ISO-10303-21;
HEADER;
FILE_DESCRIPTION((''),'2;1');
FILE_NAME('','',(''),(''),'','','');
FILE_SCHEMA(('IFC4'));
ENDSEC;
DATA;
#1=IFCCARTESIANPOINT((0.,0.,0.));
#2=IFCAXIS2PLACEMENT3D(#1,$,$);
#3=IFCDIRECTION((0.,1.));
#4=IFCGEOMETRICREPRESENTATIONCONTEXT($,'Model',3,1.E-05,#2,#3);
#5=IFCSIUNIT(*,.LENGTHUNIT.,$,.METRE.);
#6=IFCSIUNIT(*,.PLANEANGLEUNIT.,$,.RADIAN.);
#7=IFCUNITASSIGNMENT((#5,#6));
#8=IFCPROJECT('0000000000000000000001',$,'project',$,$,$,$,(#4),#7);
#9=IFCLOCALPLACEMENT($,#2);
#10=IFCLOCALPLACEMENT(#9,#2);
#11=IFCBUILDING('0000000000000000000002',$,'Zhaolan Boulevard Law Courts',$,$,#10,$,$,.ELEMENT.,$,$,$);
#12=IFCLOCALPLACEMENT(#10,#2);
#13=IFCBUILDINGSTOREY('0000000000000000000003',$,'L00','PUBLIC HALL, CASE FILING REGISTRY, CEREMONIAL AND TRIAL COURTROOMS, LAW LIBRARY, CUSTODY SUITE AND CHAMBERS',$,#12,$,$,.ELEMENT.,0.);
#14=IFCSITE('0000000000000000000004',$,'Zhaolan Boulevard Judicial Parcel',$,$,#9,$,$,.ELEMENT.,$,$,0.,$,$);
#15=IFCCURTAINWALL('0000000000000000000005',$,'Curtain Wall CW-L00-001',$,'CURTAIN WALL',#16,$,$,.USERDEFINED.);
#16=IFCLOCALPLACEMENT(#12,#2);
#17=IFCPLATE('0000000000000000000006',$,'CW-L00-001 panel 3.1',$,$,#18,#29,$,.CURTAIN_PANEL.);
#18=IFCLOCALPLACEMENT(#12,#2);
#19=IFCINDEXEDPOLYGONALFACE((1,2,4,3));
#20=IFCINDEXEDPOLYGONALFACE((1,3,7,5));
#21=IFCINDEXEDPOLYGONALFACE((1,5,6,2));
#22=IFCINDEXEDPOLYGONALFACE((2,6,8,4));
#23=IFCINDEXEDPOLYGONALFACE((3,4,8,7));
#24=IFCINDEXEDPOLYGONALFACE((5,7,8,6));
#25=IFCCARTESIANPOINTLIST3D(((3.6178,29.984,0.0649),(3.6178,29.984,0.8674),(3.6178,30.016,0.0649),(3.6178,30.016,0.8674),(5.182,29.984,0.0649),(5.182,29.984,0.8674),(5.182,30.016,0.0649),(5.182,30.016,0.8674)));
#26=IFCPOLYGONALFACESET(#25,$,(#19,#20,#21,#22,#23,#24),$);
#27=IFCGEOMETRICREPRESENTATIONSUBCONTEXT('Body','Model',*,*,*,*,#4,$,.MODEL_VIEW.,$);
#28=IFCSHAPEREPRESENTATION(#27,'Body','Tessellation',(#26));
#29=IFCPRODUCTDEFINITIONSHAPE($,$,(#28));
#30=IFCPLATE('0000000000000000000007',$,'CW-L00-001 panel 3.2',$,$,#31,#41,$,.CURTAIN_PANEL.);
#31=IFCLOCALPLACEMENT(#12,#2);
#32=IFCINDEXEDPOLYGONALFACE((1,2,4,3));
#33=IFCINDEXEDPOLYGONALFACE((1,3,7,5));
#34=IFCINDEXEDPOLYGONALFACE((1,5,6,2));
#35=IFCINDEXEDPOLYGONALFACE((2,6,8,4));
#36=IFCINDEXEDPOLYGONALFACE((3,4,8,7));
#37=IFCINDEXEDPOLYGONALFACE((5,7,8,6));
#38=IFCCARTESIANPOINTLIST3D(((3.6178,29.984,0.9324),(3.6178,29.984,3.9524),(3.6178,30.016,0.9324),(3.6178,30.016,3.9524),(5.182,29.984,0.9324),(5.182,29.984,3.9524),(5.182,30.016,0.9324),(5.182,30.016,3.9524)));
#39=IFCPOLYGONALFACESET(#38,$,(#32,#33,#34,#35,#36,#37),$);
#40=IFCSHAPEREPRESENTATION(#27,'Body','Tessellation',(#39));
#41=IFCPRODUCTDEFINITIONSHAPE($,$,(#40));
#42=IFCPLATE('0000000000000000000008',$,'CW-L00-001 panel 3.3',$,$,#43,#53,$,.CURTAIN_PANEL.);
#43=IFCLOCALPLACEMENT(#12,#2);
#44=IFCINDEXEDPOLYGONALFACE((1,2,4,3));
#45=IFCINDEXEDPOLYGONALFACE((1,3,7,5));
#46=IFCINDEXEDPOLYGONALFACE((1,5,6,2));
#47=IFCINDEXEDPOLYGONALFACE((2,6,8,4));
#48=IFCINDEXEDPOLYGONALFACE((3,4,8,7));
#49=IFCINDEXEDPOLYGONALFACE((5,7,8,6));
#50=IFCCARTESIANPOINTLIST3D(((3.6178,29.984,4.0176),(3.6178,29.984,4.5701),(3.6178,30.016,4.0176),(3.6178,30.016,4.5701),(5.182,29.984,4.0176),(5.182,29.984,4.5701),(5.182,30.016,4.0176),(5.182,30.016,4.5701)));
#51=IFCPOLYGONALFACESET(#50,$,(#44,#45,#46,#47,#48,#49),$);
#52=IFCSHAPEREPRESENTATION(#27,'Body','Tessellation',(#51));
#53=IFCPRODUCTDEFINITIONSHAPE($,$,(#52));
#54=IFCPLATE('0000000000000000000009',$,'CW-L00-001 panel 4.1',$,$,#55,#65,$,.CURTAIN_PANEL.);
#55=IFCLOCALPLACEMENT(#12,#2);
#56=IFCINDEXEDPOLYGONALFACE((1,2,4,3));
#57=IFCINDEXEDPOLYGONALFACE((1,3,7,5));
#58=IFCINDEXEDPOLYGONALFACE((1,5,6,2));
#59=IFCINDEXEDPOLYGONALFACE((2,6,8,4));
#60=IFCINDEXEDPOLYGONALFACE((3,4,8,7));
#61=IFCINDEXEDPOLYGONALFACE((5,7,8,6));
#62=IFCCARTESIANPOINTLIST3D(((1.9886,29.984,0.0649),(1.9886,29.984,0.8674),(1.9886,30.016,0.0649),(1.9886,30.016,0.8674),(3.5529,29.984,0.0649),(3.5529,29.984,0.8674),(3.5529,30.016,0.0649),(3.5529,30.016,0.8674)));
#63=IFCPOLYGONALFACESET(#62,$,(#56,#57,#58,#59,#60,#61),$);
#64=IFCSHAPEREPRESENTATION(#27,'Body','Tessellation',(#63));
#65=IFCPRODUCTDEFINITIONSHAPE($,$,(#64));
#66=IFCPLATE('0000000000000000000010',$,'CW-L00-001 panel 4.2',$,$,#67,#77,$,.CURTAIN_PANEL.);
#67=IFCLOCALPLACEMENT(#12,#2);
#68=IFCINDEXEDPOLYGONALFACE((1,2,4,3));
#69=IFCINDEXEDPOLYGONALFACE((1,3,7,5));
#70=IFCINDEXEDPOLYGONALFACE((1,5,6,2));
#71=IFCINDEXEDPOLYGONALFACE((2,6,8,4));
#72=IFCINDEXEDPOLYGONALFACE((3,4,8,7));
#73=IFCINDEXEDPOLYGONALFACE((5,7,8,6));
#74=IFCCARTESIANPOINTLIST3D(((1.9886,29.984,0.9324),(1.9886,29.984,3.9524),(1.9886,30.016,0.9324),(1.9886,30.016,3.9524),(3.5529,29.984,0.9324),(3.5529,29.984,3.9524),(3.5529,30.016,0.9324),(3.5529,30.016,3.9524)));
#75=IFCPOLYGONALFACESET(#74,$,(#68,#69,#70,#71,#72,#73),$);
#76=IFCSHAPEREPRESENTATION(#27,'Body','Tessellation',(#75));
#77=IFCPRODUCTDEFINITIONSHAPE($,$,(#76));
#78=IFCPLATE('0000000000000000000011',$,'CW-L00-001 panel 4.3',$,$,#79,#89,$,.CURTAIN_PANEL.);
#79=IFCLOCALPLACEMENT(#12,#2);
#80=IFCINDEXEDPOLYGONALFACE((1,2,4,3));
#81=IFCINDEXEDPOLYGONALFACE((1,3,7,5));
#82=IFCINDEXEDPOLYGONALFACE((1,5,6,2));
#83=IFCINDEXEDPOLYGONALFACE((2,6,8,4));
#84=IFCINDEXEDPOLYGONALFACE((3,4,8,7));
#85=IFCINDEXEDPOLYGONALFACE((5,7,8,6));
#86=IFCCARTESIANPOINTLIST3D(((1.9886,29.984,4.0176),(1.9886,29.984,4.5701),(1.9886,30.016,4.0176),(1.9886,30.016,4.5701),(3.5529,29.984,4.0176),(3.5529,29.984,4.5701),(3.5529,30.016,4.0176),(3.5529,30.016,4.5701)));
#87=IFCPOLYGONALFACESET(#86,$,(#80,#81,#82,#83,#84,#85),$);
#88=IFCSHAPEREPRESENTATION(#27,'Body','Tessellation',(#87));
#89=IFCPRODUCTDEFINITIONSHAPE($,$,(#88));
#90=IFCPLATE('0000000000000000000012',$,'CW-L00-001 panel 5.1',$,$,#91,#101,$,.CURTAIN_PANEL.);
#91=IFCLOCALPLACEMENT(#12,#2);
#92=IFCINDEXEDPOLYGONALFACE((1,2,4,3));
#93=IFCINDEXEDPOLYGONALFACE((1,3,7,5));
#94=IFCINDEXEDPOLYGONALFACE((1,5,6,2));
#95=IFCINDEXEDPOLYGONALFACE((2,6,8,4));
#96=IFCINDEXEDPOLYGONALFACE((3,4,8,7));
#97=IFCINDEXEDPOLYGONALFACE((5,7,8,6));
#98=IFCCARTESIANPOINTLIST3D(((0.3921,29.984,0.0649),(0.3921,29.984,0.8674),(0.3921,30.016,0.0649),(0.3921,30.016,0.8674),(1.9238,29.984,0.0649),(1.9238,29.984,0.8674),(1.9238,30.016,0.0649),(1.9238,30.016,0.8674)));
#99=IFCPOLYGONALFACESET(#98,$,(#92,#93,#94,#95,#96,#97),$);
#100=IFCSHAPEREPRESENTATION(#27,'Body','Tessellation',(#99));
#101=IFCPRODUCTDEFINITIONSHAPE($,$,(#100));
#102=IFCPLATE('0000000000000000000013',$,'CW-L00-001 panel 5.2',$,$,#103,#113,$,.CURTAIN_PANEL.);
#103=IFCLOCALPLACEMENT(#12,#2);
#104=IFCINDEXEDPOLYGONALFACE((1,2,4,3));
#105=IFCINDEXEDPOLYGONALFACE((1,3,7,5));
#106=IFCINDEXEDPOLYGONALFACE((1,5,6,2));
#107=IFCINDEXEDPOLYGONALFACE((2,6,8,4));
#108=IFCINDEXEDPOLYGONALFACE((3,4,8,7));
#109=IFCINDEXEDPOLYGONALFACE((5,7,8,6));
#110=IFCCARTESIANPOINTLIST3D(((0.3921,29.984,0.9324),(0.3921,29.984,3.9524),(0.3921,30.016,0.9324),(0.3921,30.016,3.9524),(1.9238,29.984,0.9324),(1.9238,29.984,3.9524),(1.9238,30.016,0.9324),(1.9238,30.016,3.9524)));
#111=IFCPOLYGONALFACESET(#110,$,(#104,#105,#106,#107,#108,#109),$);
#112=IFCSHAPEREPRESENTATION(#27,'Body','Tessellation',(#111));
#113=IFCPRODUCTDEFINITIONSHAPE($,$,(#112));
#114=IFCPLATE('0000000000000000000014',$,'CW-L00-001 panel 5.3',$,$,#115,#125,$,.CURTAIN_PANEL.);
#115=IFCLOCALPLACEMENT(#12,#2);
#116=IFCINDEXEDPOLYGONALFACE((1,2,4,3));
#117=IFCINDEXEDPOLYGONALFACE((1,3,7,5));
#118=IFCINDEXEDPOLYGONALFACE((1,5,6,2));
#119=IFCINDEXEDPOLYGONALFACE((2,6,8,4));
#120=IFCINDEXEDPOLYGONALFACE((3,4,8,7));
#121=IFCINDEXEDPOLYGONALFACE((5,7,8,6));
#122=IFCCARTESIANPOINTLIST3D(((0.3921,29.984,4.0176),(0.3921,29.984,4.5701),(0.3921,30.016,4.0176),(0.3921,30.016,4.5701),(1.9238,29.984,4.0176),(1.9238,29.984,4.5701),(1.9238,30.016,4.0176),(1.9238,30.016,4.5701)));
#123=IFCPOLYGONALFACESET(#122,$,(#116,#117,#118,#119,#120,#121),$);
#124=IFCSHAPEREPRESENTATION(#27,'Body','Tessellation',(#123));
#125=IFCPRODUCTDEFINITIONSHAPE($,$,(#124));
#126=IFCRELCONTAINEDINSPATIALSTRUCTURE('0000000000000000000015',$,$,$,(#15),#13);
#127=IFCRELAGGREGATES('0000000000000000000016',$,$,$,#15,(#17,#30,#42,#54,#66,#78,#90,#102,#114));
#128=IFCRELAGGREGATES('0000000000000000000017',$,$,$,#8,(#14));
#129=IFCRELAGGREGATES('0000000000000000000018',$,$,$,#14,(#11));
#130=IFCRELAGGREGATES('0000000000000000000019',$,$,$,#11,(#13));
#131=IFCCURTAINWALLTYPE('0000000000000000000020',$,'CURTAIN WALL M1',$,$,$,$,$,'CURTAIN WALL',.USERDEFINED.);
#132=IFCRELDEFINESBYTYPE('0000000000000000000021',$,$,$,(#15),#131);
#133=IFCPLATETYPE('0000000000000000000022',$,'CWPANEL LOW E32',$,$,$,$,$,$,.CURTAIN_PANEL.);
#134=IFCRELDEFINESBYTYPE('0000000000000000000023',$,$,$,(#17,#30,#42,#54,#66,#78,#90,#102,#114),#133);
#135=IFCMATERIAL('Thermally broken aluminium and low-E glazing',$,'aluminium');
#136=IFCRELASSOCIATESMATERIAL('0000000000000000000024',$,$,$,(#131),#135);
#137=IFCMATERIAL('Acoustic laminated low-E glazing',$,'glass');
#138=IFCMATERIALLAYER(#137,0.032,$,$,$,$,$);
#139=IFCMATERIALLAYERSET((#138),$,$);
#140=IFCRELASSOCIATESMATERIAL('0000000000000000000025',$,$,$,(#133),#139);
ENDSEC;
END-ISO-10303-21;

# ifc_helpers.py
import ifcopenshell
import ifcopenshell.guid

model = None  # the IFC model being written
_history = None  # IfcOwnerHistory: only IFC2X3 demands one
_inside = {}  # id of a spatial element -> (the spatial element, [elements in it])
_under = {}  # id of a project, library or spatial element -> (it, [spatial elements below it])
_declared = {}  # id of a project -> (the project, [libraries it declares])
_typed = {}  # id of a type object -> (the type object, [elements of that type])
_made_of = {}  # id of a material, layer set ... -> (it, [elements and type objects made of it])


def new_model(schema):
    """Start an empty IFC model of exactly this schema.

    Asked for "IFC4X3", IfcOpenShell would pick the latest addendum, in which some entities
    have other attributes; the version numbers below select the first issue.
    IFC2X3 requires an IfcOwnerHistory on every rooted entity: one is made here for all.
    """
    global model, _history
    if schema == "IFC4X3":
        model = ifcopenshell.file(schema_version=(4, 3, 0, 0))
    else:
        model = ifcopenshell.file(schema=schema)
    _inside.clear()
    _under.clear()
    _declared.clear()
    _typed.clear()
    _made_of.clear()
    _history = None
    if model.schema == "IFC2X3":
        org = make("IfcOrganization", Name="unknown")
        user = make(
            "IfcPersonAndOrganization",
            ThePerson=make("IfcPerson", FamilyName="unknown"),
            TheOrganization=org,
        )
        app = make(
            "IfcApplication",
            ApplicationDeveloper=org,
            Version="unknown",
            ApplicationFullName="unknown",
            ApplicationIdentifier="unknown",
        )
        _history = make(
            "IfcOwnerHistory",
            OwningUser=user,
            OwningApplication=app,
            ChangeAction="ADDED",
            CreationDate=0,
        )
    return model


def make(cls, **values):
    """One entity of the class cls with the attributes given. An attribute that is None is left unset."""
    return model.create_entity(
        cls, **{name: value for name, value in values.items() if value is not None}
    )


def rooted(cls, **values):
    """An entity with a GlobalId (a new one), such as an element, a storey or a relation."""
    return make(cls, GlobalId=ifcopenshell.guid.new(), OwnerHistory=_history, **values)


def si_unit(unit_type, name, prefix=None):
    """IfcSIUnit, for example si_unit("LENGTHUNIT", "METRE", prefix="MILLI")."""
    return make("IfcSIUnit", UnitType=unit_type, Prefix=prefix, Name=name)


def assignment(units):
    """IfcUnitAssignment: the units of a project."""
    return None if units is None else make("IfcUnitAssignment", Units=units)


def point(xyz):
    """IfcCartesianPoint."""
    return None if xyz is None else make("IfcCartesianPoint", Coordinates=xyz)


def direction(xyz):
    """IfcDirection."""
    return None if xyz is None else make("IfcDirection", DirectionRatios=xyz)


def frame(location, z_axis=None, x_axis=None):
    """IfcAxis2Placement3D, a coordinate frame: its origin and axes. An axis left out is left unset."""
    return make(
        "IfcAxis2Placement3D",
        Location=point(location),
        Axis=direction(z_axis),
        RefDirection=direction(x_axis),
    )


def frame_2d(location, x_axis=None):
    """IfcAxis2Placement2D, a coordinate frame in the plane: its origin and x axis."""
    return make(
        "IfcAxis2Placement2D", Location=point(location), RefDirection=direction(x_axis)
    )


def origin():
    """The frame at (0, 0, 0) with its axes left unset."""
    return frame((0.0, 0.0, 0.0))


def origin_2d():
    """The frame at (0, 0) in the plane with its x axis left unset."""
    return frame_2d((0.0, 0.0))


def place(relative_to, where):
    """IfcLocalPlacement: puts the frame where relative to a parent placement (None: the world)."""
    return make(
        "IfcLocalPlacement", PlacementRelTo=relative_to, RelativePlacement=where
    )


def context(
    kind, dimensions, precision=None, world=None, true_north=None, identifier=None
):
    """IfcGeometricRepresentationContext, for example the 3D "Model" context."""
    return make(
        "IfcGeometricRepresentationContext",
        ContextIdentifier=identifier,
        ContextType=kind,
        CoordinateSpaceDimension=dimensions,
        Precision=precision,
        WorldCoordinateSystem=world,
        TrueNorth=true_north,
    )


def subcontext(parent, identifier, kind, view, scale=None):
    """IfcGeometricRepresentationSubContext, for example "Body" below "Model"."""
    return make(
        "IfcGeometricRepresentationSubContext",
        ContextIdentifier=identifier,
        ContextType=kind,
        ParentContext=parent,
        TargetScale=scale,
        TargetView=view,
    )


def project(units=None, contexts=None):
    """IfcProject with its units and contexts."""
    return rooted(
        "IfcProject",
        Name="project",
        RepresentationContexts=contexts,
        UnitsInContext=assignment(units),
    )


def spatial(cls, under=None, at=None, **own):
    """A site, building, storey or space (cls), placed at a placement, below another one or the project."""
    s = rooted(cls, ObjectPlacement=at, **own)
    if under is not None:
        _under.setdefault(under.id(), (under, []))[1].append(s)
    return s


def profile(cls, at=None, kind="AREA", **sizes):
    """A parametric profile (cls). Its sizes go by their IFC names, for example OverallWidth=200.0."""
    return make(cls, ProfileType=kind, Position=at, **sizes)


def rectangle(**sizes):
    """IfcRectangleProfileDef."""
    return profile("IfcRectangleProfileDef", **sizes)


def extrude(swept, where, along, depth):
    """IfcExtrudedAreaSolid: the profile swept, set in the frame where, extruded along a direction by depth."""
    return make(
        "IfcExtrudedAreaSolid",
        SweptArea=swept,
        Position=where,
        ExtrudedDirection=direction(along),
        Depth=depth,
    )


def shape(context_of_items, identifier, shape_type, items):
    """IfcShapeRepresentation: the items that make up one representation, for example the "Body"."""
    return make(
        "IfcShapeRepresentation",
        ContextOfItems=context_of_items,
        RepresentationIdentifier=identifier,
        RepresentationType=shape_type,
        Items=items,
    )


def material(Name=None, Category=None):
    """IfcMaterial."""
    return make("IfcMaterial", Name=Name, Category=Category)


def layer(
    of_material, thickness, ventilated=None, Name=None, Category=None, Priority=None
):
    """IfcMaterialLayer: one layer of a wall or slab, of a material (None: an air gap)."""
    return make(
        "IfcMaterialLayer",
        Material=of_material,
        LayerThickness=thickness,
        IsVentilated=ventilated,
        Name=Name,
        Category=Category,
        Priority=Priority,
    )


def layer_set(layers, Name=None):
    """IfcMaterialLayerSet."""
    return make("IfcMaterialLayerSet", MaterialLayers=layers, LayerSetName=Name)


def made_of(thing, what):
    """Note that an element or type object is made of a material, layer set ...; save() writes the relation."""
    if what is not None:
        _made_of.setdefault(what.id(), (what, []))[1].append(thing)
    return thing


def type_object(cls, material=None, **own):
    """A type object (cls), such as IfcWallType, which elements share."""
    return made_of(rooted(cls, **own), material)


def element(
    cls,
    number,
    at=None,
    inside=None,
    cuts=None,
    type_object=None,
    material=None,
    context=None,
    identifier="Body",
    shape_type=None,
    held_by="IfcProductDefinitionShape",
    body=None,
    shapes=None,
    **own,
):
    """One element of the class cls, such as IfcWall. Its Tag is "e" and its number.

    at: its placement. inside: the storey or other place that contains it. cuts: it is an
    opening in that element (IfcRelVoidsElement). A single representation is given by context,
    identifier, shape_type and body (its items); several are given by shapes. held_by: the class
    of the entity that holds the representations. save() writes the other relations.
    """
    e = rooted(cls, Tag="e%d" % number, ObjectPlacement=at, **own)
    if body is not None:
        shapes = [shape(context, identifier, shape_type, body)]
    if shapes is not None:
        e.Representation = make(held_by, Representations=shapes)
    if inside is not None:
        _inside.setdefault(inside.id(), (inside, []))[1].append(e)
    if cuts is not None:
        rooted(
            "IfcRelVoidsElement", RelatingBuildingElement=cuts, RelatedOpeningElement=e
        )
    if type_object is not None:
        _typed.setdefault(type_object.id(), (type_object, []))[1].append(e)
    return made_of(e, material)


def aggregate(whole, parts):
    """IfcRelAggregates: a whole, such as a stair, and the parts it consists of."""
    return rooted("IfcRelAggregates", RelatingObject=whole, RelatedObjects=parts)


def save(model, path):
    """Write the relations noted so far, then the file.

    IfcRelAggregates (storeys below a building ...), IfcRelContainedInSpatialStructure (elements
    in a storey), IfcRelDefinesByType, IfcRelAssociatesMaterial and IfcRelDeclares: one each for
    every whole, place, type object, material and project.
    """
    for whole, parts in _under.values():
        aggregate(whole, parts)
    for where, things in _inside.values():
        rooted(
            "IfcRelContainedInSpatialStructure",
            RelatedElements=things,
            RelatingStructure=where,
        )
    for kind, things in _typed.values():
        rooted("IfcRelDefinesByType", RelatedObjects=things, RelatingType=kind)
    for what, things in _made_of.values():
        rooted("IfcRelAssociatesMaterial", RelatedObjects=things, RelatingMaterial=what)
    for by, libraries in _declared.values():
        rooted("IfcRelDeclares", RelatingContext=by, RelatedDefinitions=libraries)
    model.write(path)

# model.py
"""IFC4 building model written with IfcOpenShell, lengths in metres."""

from ifc_helpers import new_model, si_unit, direction, frame, origin, origin_2d, place, context, subcontext, project, spatial, rectangle, extrude, material, layer, layer_set, type_object, element, aggregate, save


model = new_model("IFC4")

# Units and contexts
model_context = context("Model", 3, precision=1e-05, world=origin(), true_north=direction((0.0, 1.0)))
body_context = subcontext(model_context, "Body", "Model", "MODEL_VIEW")
ifc_project = project(units=[si_unit("LENGTHUNIT", "METRE"), si_unit("PLANEANGLEUNIT", "RADIAN")], contexts=[model_context])

# Site, building, storey
site_placement = place(None, origin())
site = spatial("IfcSite", under=ifc_project, at=site_placement, Name="Zhaolan Boulevard Judicial Parcel", CompositionType="ELEMENT", RefElevation=0.0)
building_placement = place(site_placement, origin())
building = spatial("IfcBuilding", under=site, at=building_placement, Name="Zhaolan Boulevard Law Courts", CompositionType="ELEMENT")
storey_placement = place(building_placement, origin())
storey = spatial("IfcBuildingStorey", under=building, at=storey_placement, Name="L00", Description="PUBLIC HALL, CASE FILING REGISTRY, CEREMONIAL AND TRIAL COURTROOMS, LAW LIBRARY, CUSTODY SUITE AND CHAMBERS", CompositionType="ELEMENT", Elevation=0.0)

# Curtain wall, plates
ifc_material_1 = material(Name="Thermally broken aluminium and low-E glazing", Category="aluminium")
curtain_wall_type = type_object("IfcCurtainWallType", Name="CURTAIN WALL M1", ElementType="CURTAIN WALL", PredefinedType="USERDEFINED", material=ifc_material_1)
curtain_wall_placement = place(storey_placement, origin())
curtain_wall = element("IfcCurtainWall", 1, at=curtain_wall_placement, inside=storey, type_object=curtain_wall_type, Name="Curtain Wall CW-L00-001", ObjectType="CURTAIN WALL", PredefinedType="USERDEFINED")
ifc_material_2 = material(Name="Acoustic laminated low-E glazing", Category="glass")
ifc_layer = layer(ifc_material_2, 0.032)
ifc_layer_set = layer_set([ifc_layer])
plate_type = type_object("IfcPlateType", Name="CWPANEL LOW E32", PredefinedType="CURTAIN_PANEL", material=ifc_layer_set)
plate_1_placement = place(storey_placement, frame((4.3999, 30.0, 0.0649), z_axis=(0.0, 0.0, 1.0), x_axis=(-1.0, 0.0, 0.0)))
plate_1 = element("IfcPlate", 2, at=plate_1_placement, type_object=plate_type, Name="CW-L00-001 panel 3.1", PredefinedType="CURTAIN_PANEL", context=body_context, shape_type="SweptSolid", body=[
    extrude(rectangle(XDim=1.5642, YDim=0.032, at=origin_2d()), origin(), (0.0, 0.0, 1.0), 0.8025),
])
plate_2_placement = place(storey_placement, frame((4.3999, 30.0, 0.9324), z_axis=(0.0, 0.0, 1.0), x_axis=(-1.0, 0.0, 0.0)))
plate_2 = element("IfcPlate", 3, at=plate_2_placement, type_object=plate_type, Name="CW-L00-001 panel 3.2", PredefinedType="CURTAIN_PANEL", context=body_context, shape_type="SweptSolid", body=[
    extrude(rectangle(XDim=1.5642, YDim=0.032, at=origin_2d()), origin(), (0.0, 0.0, 1.0), 3.02),
])
plate_3_placement = place(storey_placement, frame((4.3999, 30.0, 4.0176), z_axis=(0.0, 0.0, 1.0), x_axis=(-1.0, 0.0, 0.0)))
plate_3 = element("IfcPlate", 4, at=plate_3_placement, type_object=plate_type, Name="CW-L00-001 panel 3.3", PredefinedType="CURTAIN_PANEL", context=body_context, shape_type="SweptSolid", body=[
    extrude(rectangle(XDim=1.5642, YDim=0.032, at=origin_2d()), origin(), (0.0, 0.0, 1.0), 0.5525),
])
plate_4_placement = place(storey_placement, frame((2.7708, 30.0, 0.0649), z_axis=(0.0, 0.0, 1.0), x_axis=(-1.0, 0.0, 0.0)))
plate_4 = element("IfcPlate", 5, at=plate_4_placement, type_object=plate_type, Name="CW-L00-001 panel 4.1", PredefinedType="CURTAIN_PANEL", context=body_context, shape_type="SweptSolid", body=[
    extrude(rectangle(XDim=1.5642, YDim=0.032, at=origin_2d()), origin(), (0.0, 0.0, 1.0), 0.8025),
])
plate_5_placement = place(storey_placement, frame((2.7708, 30.0, 0.9324), z_axis=(0.0, 0.0, 1.0), x_axis=(-1.0, 0.0, 0.0)))
plate_5 = element("IfcPlate", 6, at=plate_5_placement, type_object=plate_type, Name="CW-L00-001 panel 4.2", PredefinedType="CURTAIN_PANEL", context=body_context, shape_type="SweptSolid", body=[
    extrude(rectangle(XDim=1.5642, YDim=0.032, at=origin_2d()), origin(), (0.0, 0.0, 1.0), 3.02),
])
plate_6_placement = place(storey_placement, frame((2.7708, 30.0, 4.0176), z_axis=(0.0, 0.0, 1.0), x_axis=(-1.0, 0.0, 0.0)))
plate_6 = element("IfcPlate", 7, at=plate_6_placement, type_object=plate_type, Name="CW-L00-001 panel 4.3", PredefinedType="CURTAIN_PANEL", context=body_context, shape_type="SweptSolid", body=[
    extrude(rectangle(XDim=1.5642, YDim=0.032, at=origin_2d()), origin(), (0.0, 0.0, 1.0), 0.5525),
])
plate_7_placement = place(storey_placement, frame((1.158, 30.0, 0.0649), z_axis=(0.0, 0.0, 1.0), x_axis=(-1.0, 0.0, 0.0)))
plate_7 = element("IfcPlate", 8, at=plate_7_placement, type_object=plate_type, Name="CW-L00-001 panel 5.1", PredefinedType="CURTAIN_PANEL", context=body_context, shape_type="SweptSolid", body=[
    extrude(rectangle(XDim=1.5317, YDim=0.032, at=origin_2d()), origin(), (0.0, 0.0, 1.0), 0.8025),
])
plate_8_placement = place(storey_placement, frame((1.158, 30.0, 0.9324), z_axis=(0.0, 0.0, 1.0), x_axis=(-1.0, 0.0, 0.0)))
plate_8 = element("IfcPlate", 9, at=plate_8_placement, type_object=plate_type, Name="CW-L00-001 panel 5.2", PredefinedType="CURTAIN_PANEL", context=body_context, shape_type="SweptSolid", body=[
    extrude(rectangle(XDim=1.5317, YDim=0.032, at=origin_2d()), origin(), (0.0, 0.0, 1.0), 3.02),
])
plate_9_placement = place(storey_placement, frame((1.158, 30.0, 4.0176), z_axis=(0.0, 0.0, 1.0), x_axis=(-1.0, 0.0, 0.0)))
plate_9 = element("IfcPlate", 10, at=plate_9_placement, type_object=plate_type, Name="CW-L00-001 panel 5.3", PredefinedType="CURTAIN_PANEL", context=body_context, shape_type="SweptSolid", body=[
    extrude(rectangle(XDim=1.5317, YDim=0.032, at=origin_2d()), origin(), (0.0, 0.0, 1.0), 0.5525),
])
aggregate(curtain_wall, [plate_1, plate_2, plate_3, plate_4, plate_5, plate_6, plate_7, plate_8, plate_9])

save(model, "model.ifc")
